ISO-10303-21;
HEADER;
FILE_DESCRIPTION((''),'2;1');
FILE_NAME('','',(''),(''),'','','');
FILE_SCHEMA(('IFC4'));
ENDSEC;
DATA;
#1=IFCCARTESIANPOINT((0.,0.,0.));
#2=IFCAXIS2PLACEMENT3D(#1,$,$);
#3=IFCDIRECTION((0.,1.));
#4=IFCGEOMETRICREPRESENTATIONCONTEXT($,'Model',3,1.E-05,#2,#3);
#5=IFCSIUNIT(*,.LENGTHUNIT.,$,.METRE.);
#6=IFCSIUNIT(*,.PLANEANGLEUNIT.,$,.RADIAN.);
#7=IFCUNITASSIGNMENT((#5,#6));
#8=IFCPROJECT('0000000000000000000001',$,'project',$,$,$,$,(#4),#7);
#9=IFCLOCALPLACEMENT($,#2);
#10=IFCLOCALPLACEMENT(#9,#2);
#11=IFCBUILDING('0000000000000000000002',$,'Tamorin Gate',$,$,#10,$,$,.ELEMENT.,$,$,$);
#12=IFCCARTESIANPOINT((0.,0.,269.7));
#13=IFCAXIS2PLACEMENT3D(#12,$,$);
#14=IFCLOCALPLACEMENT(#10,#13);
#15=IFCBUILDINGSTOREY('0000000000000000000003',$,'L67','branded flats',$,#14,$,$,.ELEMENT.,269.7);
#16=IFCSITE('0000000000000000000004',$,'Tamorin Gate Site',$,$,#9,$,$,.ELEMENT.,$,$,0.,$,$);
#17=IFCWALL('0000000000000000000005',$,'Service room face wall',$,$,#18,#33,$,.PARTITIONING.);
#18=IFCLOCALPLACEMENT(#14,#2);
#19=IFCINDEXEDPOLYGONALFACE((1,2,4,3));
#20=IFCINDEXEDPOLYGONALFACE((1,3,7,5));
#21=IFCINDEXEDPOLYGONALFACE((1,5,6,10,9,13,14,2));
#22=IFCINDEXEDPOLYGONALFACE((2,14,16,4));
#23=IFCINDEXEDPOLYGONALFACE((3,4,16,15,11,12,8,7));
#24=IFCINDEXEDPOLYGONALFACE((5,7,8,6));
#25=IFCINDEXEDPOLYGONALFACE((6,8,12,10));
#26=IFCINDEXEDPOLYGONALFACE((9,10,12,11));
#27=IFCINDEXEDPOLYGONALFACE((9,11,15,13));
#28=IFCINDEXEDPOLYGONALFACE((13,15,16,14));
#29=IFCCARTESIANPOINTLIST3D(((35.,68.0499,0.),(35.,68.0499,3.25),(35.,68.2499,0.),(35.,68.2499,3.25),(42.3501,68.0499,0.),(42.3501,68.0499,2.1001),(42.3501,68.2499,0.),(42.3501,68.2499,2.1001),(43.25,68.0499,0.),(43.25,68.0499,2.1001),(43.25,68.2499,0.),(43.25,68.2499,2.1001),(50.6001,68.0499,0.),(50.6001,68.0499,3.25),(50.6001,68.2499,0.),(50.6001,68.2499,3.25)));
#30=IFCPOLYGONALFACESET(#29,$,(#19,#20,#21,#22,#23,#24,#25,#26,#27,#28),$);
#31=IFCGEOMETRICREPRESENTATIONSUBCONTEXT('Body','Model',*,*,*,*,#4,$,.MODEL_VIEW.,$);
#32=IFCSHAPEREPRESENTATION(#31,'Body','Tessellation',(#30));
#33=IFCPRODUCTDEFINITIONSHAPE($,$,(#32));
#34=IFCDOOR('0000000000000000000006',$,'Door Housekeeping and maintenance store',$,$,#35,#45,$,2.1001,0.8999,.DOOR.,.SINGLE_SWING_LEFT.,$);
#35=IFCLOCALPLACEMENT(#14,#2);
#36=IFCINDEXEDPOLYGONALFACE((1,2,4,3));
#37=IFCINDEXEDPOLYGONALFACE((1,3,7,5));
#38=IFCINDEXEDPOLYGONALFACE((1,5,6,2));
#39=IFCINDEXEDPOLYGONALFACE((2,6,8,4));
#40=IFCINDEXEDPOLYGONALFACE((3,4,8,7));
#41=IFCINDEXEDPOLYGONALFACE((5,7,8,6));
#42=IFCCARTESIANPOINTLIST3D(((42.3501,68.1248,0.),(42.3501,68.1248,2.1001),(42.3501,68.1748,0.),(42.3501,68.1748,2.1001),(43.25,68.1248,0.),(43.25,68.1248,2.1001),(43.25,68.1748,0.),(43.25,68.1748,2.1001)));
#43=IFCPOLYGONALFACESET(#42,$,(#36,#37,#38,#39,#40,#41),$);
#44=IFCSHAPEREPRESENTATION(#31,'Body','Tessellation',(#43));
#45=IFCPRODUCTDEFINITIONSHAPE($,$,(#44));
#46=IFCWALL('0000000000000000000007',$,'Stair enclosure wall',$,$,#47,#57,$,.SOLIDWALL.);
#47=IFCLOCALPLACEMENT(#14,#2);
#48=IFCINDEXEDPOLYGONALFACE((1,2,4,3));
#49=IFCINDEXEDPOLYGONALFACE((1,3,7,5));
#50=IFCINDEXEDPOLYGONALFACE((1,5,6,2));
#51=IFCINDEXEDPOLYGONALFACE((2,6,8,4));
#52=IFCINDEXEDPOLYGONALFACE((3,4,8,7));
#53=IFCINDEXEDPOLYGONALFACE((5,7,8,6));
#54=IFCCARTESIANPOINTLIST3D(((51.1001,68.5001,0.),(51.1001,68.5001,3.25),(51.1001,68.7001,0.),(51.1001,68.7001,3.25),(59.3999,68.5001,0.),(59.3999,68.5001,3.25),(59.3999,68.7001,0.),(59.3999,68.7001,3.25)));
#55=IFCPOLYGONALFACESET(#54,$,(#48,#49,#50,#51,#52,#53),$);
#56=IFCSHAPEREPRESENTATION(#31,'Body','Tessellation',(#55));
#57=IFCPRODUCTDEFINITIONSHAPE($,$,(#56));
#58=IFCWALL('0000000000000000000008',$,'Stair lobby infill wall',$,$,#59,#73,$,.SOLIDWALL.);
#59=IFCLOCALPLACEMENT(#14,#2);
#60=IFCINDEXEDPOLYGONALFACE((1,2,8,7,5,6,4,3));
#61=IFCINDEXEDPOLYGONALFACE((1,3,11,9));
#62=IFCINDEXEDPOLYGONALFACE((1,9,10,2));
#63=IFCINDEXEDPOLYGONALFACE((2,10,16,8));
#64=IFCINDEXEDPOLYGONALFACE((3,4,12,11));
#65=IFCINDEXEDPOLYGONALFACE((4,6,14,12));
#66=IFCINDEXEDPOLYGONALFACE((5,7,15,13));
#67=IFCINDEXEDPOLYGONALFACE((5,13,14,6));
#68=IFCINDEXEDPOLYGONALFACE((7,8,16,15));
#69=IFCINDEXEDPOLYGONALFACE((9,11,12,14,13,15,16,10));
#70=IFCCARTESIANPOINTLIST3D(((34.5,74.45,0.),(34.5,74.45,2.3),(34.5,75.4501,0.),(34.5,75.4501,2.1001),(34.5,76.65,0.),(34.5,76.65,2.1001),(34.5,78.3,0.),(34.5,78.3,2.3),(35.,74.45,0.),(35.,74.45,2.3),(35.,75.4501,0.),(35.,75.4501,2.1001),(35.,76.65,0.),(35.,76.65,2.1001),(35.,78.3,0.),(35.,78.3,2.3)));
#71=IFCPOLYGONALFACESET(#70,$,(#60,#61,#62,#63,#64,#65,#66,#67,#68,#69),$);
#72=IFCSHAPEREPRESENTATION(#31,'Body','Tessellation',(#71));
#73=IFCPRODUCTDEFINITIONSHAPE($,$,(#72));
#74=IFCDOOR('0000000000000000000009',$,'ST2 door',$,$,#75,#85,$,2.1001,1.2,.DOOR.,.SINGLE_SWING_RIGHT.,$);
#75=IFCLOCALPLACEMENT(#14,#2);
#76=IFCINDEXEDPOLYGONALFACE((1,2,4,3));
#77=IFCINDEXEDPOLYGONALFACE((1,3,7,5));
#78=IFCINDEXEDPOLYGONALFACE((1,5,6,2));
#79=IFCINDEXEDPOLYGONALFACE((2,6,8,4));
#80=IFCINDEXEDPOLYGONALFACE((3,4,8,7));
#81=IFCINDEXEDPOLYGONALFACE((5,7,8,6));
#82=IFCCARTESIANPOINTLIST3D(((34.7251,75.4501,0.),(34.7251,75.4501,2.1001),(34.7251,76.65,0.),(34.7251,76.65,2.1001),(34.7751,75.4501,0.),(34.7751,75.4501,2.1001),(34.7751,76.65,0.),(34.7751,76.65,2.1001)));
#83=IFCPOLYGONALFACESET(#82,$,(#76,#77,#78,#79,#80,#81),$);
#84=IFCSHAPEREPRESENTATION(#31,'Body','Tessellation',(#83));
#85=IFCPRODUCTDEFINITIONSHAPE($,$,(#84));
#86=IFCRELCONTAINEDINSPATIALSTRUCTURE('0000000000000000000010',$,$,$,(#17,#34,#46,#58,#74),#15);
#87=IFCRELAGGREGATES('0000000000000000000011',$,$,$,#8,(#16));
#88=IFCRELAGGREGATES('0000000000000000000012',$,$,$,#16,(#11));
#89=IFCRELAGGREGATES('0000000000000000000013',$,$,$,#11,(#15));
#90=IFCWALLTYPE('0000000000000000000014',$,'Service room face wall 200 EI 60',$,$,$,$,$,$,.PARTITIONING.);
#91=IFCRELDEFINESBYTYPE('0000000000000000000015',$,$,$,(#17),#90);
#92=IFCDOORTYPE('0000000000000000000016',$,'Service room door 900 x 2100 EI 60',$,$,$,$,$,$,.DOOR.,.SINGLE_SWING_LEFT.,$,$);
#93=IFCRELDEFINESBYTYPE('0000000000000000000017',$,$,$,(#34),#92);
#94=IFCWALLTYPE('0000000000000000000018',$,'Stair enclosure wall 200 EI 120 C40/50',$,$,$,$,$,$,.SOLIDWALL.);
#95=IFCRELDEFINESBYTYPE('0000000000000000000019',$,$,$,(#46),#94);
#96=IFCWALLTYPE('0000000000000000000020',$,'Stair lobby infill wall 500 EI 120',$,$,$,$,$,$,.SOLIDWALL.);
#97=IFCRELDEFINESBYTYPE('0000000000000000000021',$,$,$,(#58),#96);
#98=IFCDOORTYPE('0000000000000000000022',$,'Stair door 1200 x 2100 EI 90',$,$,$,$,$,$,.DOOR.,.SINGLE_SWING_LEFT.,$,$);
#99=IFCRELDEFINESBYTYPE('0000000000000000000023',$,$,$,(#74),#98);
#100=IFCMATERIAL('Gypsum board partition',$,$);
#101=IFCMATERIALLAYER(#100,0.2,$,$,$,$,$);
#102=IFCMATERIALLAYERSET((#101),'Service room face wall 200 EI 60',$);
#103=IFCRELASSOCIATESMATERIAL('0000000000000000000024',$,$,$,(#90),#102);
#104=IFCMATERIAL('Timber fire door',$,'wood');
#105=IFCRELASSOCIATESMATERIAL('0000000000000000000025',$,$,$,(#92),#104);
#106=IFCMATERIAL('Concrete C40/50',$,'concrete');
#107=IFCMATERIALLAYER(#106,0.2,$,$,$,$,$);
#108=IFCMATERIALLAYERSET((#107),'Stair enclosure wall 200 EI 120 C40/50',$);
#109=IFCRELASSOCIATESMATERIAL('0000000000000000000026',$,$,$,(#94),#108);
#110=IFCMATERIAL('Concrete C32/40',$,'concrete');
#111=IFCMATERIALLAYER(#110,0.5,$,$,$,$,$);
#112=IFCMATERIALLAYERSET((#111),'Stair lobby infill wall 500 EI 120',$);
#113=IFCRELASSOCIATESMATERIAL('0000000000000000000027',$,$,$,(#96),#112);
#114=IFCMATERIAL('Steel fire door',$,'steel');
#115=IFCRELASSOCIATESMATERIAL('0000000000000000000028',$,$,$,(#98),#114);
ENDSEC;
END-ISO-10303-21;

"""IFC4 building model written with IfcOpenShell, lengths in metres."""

from ifc_helpers import new_model, si_unit, direction, frame, frame_2d, origin, place, context, subcontext, project, spatial, rectangle, extrude, material, layer, layer_set, type_object, element, fill, save


model = new_model("IFC4")

# Units and contexts
model_context = context("Model", 3, precision=1e-05, world=origin(), true_north=direction((0.0, 1.0)))
body_context = subcontext(model_context, "Body", "Model", "MODEL_VIEW")
ifc_project = project(units=[si_unit("LENGTHUNIT", "METRE"), si_unit("PLANEANGLEUNIT", "RADIAN")], contexts=[model_context])

# Site, building, storey
site_placement = place(None, origin())
site = spatial("IfcSite", under=ifc_project, at=site_placement, Name="Tamorin Gate Site", CompositionType="ELEMENT", RefElevation=0.0)
building_placement = place(site_placement, origin())
building = spatial("IfcBuilding", under=site, at=building_placement, Name="Tamorin Gate", CompositionType="ELEMENT")
storey_placement = place(building_placement, frame((0.0, 0.0, 269.7)))
storey = spatial("IfcBuildingStorey", under=building, at=storey_placement, Name="L67", Description="branded flats", CompositionType="ELEMENT", Elevation=269.7)

# Shared definitions
ifc_material_1 = material(Name="Concrete C32/40", Category="concrete")

# Shared definitions
ifc_material_2 = material(Name="Steel fire door", Category="steel")

# Shared definitions
ifc_material_3 = material(Name="Gypsum board partition")
ifc_layer_1 = layer(ifc_material_3, 0.2)
ifc_layer_set_1 = layer_set([ifc_layer_1], Name="Service room face wall 200 EI 60")
wall_type_1 = type_object("IfcWallType", Name="Service room face wall 200 EI 60", PredefinedType="PARTITIONING", material=ifc_layer_set_1)
ifc_material_4 = material(Name="Timber fire door", Category="wood")
door_type_1 = type_object("IfcDoorType", Name="Service room door 900 x 2100 EI 60", OperationType="SINGLE_SWING_LEFT", PredefinedType="DOOR", material=ifc_material_4)

# Wall, opening, door
wall_1_placement = place(storey_placement, frame((35.0, 68.1499, 0.0), z_axis=(0.0, 0.0, 1.0), x_axis=(1.0, 0.0, 0.0)))
wall_1 = element("IfcWall", 1, at=wall_1_placement, inside=storey, type_object=wall_type_1, Name="Service room face wall", PredefinedType="PARTITIONING", context=body_context, shape_type="SweptSolid", body=[
    extrude(rectangle(XDim=15.6001, YDim=0.2, at=frame_2d((7.8, 0.0))), origin(), (0.0, 0.0, 1.0), 3.25),
])
opening_1_placement = place(wall_1_placement, frame((7.3501, 0.0, 0.0)))
opening_1 = element("IfcOpeningElement", 2, at=opening_1_placement, cuts=wall_1, PredefinedType="OPENING", context=body_context, shape_type="SweptSolid", body=[
    extrude(rectangle(XDim=0.8999, YDim=2.1001, at=frame_2d((0.45, 1.05))), frame((0.0, 0.1099, 0.0), z_axis=(0.0, -1.0, 0.0), x_axis=(1.0, 0.0, 0.0)), (0.0, 0.0, 1.0), 0.22),
])
door_1_placement = place(opening_1_placement, origin())
door_1 = element("IfcDoor", 3, at=door_1_placement, inside=storey, type_object=door_type_1, Name="Door Housekeeping and maintenance store", OperationType="SINGLE_SWING_LEFT", OverallHeight=2.1001, OverallWidth=0.8999, PredefinedType="DOOR", context=body_context, shape_type="SweptSolid", body=[
    extrude(rectangle(XDim=0.8999, YDim=2.1001, at=frame_2d((0.45, 1.05))), frame((0.0, 0.0249, 0.0), z_axis=(0.0, -1.0, 0.0), x_axis=(1.0, 0.0, 0.0)), (0.0, 0.0, 1.0), 0.05),
])
fill(opening_1, door_1)

# Wall
ifc_material_5 = material(Name="Concrete C40/50", Category="concrete")
ifc_layer_2 = layer(ifc_material_5, 0.2)
ifc_layer_set_2 = layer_set([ifc_layer_2], Name="Stair enclosure wall 200 EI 120 C40/50")
wall_type_2 = type_object("IfcWallType", Name="Stair enclosure wall 200 EI 120 C40/50", PredefinedType="SOLIDWALL", material=ifc_layer_set_2)
wall_2_placement = place(storey_placement, frame((51.1001, 68.6001, 0.0), z_axis=(0.0, 0.0, 1.0), x_axis=(1.0, 0.0, 0.0)))
element("IfcWall", 4, at=wall_2_placement, inside=storey, type_object=wall_type_2, Name="Stair enclosure wall", PredefinedType="SOLIDWALL", context=body_context, shape_type="SweptSolid", body=[
    extrude(rectangle(XDim=8.2998, YDim=0.2, at=frame_2d((4.1499, 0.0))), origin(), (0.0, 0.0, 1.0), 3.25),
])

# Wall, opening, door
ifc_layer_3 = layer(ifc_material_1, 0.5)
ifc_layer_set_3 = layer_set([ifc_layer_3], Name="Stair lobby infill wall 500 EI 120")
wall_type_3 = type_object("IfcWallType", Name="Stair lobby infill wall 500 EI 120", PredefinedType="SOLIDWALL", material=ifc_layer_set_3)
wall_3_placement = place(storey_placement, frame((34.75, 74.45, 0.0), z_axis=(0.0, 0.0, 1.0), x_axis=(0.0, 1.0, 0.0)))
wall_3 = element("IfcWall", 5, at=wall_3_placement, inside=storey, type_object=wall_type_3, Name="Stair lobby infill wall", PredefinedType="SOLIDWALL", context=body_context, shape_type="SweptSolid", body=[
    extrude(rectangle(XDim=3.8501, YDim=0.5, at=frame_2d((1.925, 0.0))), origin(), (0.0, 0.0, 1.0), 2.3),
])
opening_2_placement = place(wall_3_placement, frame((1.0, 0.0, 0.0)))
opening_2 = element("IfcOpeningElement", 6, at=opening_2_placement, cuts=wall_3, PredefinedType="OPENING", context=body_context, shape_type="SweptSolid", body=[
    extrude(rectangle(XDim=1.2, YDim=2.1001, at=frame_2d((0.6001, 1.05))), frame((0.0, 0.26, 0.0), z_axis=(0.0, -1.0, 0.0), x_axis=(1.0, 0.0, 0.0)), (0.0, 0.0, 1.0), 0.52),
])
door_type_2 = type_object("IfcDoorType", Name="Stair door 1200 x 2100 EI 90", OperationType="SINGLE_SWING_LEFT", PredefinedType="DOOR", material=ifc_material_2)
door_2_placement = place(opening_2_placement, origin())
door_2 = element("IfcDoor", 7, at=door_2_placement, inside=storey, type_object=door_type_2, Name="ST2 door", OperationType="SINGLE_SWING_RIGHT", OverallHeight=2.1001, OverallWidth=1.2, PredefinedType="DOOR", context=body_context, shape_type="SweptSolid", body=[
    extrude(rectangle(XDim=1.2, YDim=2.1001, at=frame_2d((0.6001, 1.05))), frame((0.0, 0.0249, 0.0), z_axis=(0.0, -1.0, 0.0), x_axis=(1.0, 0.0, 0.0)), (0.0, 0.0, 1.0), 0.05),
])
fill(opening_2, door_2)

save(model, "model.ifc")
